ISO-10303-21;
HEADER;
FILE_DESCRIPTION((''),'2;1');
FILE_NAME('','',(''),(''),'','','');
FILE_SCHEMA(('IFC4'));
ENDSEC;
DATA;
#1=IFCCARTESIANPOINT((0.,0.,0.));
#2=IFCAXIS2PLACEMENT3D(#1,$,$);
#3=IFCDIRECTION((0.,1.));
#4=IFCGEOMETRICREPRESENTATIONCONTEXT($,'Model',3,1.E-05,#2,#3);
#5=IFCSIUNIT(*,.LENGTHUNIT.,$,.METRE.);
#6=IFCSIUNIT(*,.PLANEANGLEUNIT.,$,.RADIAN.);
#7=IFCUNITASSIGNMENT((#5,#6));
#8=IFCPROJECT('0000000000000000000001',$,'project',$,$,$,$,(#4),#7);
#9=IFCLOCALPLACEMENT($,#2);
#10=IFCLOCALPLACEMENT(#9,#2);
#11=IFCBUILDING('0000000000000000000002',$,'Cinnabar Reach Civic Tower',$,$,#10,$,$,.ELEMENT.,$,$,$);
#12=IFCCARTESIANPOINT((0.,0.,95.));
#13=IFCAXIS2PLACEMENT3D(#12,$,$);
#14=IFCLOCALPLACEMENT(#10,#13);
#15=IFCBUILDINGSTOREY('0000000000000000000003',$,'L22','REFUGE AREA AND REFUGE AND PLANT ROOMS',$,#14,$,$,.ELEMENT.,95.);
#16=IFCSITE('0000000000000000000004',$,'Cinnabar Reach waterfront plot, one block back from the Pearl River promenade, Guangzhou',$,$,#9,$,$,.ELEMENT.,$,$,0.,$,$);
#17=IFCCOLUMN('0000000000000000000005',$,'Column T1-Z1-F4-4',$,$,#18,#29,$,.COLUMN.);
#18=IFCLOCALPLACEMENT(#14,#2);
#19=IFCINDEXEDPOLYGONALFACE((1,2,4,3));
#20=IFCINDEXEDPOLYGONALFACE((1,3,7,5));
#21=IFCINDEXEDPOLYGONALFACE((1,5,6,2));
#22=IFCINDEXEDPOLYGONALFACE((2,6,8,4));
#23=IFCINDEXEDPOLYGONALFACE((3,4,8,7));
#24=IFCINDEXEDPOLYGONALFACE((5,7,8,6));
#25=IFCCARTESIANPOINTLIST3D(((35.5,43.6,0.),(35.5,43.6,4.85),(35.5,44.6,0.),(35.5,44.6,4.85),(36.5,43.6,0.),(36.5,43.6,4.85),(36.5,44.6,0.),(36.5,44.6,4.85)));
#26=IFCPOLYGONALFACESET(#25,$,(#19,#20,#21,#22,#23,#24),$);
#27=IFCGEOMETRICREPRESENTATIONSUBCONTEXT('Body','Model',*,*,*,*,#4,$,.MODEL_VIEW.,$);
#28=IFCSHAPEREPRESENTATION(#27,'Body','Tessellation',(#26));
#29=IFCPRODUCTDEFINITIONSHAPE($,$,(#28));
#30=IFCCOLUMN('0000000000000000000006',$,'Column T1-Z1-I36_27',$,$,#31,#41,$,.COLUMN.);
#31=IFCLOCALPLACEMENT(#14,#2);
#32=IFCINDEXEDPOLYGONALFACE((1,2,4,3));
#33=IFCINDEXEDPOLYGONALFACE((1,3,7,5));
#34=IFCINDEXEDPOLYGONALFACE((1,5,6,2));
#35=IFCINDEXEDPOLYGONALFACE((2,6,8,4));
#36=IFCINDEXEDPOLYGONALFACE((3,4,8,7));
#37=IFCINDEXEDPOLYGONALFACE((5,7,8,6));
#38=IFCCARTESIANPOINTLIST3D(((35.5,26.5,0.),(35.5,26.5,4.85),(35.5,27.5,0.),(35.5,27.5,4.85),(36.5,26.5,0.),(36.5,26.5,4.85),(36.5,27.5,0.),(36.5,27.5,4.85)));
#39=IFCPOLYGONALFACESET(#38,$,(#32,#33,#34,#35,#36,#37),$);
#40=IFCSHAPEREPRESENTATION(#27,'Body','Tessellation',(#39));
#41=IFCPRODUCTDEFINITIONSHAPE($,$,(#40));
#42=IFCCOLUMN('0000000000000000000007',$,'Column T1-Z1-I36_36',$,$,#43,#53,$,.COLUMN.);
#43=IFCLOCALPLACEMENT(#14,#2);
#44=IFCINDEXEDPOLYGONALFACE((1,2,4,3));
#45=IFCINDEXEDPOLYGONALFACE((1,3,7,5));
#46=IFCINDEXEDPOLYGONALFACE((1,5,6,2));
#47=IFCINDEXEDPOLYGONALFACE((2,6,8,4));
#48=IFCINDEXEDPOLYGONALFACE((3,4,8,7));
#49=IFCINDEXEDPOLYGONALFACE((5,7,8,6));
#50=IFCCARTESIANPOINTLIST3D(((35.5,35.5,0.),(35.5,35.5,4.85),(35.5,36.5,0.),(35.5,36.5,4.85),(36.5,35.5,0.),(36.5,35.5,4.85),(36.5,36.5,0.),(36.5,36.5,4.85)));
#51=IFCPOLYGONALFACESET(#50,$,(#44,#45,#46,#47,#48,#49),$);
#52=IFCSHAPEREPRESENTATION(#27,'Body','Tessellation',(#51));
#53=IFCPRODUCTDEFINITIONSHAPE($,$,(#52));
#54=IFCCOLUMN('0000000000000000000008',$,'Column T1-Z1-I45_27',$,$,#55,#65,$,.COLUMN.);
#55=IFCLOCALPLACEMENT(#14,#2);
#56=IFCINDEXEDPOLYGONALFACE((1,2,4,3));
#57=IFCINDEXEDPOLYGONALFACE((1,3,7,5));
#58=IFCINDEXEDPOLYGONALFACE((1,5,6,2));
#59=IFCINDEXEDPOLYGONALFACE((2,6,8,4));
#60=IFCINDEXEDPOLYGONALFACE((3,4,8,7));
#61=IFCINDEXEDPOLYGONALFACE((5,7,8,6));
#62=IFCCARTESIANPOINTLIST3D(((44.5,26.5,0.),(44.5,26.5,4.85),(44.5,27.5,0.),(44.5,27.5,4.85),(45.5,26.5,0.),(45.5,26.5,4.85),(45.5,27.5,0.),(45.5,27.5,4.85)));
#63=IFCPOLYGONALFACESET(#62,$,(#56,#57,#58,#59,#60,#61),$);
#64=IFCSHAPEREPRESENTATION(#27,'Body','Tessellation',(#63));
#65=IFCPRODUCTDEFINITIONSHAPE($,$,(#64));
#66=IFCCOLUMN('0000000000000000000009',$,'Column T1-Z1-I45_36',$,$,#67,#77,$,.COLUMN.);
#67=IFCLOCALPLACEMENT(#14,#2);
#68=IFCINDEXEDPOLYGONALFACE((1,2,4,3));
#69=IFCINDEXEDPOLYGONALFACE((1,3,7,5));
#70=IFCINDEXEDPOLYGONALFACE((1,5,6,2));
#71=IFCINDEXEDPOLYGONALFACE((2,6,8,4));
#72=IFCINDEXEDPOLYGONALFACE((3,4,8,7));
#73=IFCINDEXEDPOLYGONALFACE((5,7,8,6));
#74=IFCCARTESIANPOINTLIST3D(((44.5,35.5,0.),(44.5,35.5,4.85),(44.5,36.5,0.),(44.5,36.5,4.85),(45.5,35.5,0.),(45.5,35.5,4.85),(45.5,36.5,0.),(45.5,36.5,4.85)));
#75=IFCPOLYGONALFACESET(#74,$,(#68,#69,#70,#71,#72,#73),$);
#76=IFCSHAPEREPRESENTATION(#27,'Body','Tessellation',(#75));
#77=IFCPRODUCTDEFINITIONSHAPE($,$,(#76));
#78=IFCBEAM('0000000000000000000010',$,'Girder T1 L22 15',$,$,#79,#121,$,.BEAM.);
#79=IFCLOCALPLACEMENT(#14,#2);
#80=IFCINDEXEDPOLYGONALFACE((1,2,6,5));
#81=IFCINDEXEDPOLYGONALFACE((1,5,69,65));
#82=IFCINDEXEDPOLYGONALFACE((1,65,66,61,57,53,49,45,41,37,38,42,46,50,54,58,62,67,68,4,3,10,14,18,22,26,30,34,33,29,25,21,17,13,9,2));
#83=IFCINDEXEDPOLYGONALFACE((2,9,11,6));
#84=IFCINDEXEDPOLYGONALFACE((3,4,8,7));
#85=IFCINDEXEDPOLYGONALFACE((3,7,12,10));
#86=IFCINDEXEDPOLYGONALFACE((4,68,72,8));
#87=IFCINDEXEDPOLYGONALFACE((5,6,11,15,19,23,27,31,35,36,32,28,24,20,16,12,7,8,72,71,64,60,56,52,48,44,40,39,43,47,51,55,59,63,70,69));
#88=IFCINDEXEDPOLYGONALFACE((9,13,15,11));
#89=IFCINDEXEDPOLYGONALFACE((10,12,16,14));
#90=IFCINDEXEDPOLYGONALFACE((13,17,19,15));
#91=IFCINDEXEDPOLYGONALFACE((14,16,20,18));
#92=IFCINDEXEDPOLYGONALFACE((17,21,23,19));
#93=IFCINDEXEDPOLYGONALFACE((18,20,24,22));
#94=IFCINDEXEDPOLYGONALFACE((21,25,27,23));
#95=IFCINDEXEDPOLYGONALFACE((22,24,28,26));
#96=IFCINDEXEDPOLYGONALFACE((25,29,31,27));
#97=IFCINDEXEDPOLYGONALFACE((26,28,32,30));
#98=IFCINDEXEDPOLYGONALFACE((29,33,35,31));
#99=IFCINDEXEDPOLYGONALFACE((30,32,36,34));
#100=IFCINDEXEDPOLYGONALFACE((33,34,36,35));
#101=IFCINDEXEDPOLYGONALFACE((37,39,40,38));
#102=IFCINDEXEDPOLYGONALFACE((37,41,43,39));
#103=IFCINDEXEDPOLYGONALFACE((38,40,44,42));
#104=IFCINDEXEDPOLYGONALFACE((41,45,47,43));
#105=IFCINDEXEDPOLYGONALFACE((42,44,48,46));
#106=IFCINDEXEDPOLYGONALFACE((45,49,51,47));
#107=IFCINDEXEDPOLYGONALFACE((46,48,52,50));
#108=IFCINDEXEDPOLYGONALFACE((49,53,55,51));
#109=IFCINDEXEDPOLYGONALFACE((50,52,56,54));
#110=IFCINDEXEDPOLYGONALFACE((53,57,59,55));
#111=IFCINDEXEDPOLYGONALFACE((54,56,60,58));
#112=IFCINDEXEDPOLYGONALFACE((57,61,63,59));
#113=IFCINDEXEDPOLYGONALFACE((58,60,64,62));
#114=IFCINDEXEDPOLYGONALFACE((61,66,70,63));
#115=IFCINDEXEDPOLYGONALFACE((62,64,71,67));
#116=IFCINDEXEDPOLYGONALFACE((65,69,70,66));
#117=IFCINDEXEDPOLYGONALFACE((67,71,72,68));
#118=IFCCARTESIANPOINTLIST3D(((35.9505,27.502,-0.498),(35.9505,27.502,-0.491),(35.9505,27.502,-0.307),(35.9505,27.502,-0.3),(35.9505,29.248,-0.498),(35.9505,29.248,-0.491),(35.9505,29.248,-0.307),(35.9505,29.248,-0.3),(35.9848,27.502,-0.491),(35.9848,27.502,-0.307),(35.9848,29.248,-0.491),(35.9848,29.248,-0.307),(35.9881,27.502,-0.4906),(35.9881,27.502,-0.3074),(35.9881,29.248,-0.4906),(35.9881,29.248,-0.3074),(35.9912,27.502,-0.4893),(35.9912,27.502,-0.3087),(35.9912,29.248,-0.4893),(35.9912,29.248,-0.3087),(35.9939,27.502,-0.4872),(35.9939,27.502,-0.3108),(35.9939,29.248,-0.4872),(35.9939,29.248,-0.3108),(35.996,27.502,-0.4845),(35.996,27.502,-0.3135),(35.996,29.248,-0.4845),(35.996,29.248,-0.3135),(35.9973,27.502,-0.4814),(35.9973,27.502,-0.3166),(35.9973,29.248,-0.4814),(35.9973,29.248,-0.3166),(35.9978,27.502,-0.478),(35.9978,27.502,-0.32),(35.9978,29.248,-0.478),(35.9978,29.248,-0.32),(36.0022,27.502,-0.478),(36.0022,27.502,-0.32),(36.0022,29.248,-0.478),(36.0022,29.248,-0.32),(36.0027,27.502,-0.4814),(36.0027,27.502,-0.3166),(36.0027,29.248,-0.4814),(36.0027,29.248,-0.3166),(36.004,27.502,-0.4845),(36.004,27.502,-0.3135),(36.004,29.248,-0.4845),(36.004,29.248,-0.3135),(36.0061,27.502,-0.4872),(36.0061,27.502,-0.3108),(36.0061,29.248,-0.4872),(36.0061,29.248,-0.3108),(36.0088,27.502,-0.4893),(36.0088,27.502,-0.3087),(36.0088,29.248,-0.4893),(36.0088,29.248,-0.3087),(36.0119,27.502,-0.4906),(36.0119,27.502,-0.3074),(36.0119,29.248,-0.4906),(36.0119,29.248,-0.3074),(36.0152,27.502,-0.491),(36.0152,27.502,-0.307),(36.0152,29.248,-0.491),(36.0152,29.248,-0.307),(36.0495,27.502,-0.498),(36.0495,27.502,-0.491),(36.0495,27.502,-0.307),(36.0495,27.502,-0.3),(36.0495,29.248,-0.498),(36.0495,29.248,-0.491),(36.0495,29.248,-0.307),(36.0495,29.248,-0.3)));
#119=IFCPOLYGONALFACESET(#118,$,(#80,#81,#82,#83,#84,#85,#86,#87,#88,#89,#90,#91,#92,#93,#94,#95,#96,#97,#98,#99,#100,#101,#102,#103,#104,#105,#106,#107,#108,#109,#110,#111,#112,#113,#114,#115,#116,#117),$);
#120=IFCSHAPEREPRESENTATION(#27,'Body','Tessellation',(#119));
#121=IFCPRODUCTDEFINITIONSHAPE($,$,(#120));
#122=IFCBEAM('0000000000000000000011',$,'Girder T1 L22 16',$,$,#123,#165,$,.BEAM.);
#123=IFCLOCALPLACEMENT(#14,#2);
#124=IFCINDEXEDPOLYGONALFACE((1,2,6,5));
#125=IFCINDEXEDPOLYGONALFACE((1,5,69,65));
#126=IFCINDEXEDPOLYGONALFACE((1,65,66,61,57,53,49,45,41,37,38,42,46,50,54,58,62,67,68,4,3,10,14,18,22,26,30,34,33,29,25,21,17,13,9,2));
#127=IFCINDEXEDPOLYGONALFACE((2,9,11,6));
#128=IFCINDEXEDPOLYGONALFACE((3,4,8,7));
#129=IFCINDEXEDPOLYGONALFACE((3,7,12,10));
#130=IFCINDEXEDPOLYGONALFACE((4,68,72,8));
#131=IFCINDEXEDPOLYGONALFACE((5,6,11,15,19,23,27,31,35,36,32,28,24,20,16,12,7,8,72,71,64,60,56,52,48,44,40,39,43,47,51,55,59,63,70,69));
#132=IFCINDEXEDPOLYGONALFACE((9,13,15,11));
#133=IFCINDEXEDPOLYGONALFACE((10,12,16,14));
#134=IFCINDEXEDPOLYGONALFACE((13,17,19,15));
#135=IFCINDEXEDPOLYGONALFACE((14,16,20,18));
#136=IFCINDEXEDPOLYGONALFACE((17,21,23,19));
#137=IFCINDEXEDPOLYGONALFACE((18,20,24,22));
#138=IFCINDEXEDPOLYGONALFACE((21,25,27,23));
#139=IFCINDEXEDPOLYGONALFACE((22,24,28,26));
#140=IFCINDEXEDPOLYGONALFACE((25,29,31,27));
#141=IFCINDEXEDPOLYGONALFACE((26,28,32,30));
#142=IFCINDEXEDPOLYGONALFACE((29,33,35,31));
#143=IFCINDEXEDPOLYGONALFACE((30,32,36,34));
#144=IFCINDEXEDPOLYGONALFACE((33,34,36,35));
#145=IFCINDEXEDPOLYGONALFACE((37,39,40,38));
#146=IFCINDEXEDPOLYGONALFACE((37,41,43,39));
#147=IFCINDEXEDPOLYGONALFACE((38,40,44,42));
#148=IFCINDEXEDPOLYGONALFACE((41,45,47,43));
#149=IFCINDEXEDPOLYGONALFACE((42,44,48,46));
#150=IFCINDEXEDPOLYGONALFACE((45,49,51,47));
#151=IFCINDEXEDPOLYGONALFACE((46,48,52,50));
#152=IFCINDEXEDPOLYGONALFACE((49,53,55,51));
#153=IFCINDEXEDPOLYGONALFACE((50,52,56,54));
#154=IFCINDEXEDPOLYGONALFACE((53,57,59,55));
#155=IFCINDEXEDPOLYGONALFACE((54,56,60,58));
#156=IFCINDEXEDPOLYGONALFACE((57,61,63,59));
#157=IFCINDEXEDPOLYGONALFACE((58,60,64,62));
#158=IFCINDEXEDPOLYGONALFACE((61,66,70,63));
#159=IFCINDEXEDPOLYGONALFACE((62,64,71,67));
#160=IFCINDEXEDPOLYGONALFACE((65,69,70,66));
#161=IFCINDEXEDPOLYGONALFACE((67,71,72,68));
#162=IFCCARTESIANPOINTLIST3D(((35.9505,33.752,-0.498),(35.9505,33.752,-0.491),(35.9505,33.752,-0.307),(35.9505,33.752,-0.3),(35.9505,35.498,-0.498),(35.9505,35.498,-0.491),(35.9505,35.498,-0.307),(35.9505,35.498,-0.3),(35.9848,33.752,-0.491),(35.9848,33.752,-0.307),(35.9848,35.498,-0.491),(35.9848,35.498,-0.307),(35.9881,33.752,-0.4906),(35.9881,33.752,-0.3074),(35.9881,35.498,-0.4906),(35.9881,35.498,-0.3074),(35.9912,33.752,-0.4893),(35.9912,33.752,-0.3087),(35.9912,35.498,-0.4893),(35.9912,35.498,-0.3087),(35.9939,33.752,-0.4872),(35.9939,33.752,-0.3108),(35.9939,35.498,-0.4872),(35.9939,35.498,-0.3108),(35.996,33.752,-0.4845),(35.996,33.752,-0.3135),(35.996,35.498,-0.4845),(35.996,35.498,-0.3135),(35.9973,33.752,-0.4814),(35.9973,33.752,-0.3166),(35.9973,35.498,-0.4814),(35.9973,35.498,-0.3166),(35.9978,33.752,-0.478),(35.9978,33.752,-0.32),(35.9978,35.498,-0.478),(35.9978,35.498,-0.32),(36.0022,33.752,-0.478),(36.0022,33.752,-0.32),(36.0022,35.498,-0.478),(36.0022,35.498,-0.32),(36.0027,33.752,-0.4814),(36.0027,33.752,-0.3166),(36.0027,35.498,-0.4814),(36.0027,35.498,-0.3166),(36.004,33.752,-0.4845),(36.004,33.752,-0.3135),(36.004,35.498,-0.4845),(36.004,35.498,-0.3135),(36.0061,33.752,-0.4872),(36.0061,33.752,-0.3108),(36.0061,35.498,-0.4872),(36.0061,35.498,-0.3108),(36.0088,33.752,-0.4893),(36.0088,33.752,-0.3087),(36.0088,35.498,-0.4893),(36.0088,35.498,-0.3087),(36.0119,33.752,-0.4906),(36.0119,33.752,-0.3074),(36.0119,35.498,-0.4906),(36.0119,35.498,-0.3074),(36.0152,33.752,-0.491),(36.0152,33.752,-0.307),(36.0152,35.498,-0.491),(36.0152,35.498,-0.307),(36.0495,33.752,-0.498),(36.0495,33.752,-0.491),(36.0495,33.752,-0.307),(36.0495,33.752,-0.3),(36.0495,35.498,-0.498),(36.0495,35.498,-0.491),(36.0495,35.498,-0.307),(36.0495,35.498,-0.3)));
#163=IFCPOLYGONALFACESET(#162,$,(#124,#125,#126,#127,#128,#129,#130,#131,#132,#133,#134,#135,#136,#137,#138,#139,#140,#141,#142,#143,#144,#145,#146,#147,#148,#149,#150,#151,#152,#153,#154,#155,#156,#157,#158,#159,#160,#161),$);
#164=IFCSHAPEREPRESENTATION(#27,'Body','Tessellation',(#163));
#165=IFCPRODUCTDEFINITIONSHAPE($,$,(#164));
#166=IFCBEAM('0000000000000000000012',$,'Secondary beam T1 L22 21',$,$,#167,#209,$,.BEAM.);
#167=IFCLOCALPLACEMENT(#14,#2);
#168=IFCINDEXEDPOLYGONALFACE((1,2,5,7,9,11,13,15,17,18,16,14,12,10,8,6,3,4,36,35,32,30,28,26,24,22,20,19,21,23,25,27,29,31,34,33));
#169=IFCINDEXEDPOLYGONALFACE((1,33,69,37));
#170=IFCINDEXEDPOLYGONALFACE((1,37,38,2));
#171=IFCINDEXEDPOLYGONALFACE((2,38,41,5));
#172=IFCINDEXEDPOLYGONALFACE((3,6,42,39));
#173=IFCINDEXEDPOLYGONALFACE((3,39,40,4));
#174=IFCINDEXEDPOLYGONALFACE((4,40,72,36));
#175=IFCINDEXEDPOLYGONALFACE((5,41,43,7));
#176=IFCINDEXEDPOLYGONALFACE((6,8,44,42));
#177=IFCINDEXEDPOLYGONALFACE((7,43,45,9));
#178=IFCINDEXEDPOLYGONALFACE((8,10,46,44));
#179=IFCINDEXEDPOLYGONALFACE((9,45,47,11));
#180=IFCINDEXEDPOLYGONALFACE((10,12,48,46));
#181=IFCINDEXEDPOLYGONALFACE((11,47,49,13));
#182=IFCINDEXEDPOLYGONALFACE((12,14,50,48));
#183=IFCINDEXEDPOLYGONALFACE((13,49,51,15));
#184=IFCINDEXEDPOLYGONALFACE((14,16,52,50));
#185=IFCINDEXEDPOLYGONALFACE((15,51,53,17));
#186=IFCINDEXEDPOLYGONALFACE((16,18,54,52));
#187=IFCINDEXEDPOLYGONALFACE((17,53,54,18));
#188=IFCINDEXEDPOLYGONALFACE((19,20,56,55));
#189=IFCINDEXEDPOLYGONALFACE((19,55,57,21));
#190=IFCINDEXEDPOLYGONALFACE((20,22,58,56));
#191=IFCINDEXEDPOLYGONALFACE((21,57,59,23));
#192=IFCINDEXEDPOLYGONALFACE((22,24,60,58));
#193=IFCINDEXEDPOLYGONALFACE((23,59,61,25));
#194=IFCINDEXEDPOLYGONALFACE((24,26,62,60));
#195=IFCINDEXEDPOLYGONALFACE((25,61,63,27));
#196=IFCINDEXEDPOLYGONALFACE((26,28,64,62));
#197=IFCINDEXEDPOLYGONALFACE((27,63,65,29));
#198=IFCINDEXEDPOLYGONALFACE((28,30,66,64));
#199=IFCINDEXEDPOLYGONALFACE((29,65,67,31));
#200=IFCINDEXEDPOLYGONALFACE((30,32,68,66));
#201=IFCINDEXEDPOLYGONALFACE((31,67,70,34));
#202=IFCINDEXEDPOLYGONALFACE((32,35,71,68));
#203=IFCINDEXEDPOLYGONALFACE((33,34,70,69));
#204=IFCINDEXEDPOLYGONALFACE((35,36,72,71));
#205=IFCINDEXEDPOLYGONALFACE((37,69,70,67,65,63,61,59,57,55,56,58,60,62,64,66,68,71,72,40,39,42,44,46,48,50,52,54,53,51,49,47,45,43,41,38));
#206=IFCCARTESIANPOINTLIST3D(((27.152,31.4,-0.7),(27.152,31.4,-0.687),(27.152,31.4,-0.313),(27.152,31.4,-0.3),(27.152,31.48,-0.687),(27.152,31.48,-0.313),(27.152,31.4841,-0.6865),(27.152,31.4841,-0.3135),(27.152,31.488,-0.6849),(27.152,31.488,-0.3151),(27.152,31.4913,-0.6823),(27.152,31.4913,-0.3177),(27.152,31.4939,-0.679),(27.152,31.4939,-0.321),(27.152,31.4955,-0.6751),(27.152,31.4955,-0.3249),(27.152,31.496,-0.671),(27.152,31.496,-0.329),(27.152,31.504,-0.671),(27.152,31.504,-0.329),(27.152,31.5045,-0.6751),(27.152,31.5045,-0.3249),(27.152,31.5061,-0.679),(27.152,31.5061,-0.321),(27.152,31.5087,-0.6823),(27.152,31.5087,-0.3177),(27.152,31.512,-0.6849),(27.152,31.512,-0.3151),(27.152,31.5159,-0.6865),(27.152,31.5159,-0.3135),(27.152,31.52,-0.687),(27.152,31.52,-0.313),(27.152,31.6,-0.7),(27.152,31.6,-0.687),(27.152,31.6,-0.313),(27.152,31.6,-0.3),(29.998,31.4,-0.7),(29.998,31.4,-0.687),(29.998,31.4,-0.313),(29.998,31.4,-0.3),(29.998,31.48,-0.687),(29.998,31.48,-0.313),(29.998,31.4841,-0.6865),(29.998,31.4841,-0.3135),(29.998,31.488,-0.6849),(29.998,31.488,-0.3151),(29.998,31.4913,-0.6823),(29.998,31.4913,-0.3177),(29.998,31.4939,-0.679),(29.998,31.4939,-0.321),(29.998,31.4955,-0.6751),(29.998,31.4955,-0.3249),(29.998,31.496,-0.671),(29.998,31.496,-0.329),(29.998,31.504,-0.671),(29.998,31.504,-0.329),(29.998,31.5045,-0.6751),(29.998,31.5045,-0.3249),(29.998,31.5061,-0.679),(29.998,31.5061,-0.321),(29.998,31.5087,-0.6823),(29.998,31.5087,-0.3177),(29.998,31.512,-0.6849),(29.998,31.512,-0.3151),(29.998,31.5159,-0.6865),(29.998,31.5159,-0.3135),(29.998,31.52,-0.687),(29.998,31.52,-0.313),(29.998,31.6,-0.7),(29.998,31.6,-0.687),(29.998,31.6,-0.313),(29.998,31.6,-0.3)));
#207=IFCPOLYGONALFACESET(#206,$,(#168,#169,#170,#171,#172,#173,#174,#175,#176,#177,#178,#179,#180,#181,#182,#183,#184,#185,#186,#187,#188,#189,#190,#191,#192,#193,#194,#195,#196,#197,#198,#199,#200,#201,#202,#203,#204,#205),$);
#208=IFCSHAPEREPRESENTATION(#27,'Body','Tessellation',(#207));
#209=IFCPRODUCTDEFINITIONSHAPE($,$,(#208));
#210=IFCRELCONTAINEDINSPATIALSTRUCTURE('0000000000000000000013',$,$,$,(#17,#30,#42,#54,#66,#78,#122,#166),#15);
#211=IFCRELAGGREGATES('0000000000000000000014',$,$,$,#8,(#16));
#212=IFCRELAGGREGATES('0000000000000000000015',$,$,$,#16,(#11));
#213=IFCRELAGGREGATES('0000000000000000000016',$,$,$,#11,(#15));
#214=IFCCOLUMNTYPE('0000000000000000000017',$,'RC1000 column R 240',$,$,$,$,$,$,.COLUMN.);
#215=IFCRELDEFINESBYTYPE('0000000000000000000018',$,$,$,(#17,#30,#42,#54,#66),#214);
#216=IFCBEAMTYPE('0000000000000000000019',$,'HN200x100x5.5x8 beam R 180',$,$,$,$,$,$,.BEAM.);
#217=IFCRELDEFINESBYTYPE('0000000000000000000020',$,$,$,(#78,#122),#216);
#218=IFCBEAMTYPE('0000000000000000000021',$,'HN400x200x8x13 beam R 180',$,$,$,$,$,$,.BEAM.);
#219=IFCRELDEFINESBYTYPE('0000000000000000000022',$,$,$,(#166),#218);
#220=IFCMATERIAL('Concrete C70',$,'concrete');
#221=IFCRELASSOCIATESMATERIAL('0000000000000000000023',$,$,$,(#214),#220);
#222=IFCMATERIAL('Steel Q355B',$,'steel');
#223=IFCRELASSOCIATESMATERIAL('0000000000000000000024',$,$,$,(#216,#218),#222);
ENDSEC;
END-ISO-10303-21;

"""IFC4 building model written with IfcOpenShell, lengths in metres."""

from ifc_helpers import new_model, si_unit, direction, frame, origin, origin_2d, place, context, subcontext, project, spatial, rectangle, i_section, extrude, material, material_profile, profile_set, type_object, element, save


model = new_model("IFC4")

# Units and contexts
model_context = context("Model", 3, precision=1e-05, world=origin(), true_north=direction((0.0, 1.0)))
body_context = subcontext(model_context, "Body", "Model", "MODEL_VIEW")
ifc_project = project(units=[si_unit("LENGTHUNIT", "METRE"), si_unit("PLANEANGLEUNIT", "RADIAN")], contexts=[model_context])

# Site, building, storey
site_placement = place(None, origin())
site = spatial("IfcSite", under=ifc_project, at=site_placement, Name="Cinnabar Reach waterfront plot, one block back from the Pearl River promenade, Guangzhou", CompositionType="ELEMENT", RefElevation=0.0)
building_placement = place(site_placement, origin())
building = spatial("IfcBuilding", under=site, at=building_placement, Name="Cinnabar Reach Civic Tower", CompositionType="ELEMENT")
storey_placement = place(building_placement, frame((0.0, 0.0, 95.0)))
storey = spatial("IfcBuildingStorey", under=building, at=storey_placement, Name="L22", Description="REFUGE AREA AND REFUGE AND PLANT ROOMS", CompositionType="ELEMENT", Elevation=95.0)

# Columns
ifc_material_1 = material(Name="Concrete C70", Category="concrete")
ifc_material_profile_1 = material_profile(ifc_material_1, rectangle(XDim=1.0, YDim=1.0, at=origin_2d()), Name="RC1000")
ifc_profile_set_1 = profile_set([ifc_material_profile_1], Name="Concrete C70")
column_type = type_object("IfcColumnType", Name="RC1000 column R 240", PredefinedType="COLUMN", material=ifc_profile_set_1)
for number, where, z_axis, x_axis, name in (
    (1, (36.0, 44.1, 0.0), (0.0, 0.0, 1.0), (1.0, 0.0, 0.0), "Column T1-Z1-F4-4"),
    (2, (36.0, 27.0, 0.0), (0.0, 0.0, 1.0), (1.0, 0.0, 0.0), "Column T1-Z1-I36_27"),
    (3, (36.0, 36.0, 0.0), (0.0, 0.0, 1.0), (1.0, 0.0, 0.0), "Column T1-Z1-I36_36"),
    (4, (45.0, 27.0, 0.0), (0.0, 0.0, 1.0), (1.0, 0.0, 0.0), "Column T1-Z1-I45_27"),
    (5, (45.0, 36.0, 0.0), (0.0, 0.0, 1.0), (1.0, 0.0, 0.0), "Column T1-Z1-I45_36"),
):
    element("IfcColumn", number, at=place(storey_placement, frame(where, z_axis=z_axis, x_axis=x_axis)), inside=storey, type_object=column_type, Name=name, PredefinedType="COLUMN", context=body_context, shape_type="SweptSolid", body=[
        extrude(rectangle(XDim=1.0, YDim=1.0, at=origin_2d()), origin(), (0.0, 0.0, 1.0), 4.85),
    ])

# Beams
ifc_material_2 = material(Name="Steel Q355B", Category="steel")
ifc_material_profile_2 = material_profile(ifc_material_2, i_section(OverallWidth=0.099, OverallDepth=0.198, WebThickness=0.0045, FlangeThickness=0.007, FilletRadius=0.013, at=origin_2d()), Name="HN200x100x5.5x8")
ifc_profile_set_2 = profile_set([ifc_material_profile_2], Name="Steel Q355B")
beam_type_1 = type_object("IfcBeamType", Name="HN200x100x5.5x8 beam R 180", PredefinedType="BEAM", material=ifc_profile_set_2)
for number, where, z_axis, x_axis, name in (
    (6, (36.0, 27.502, -0.399), (0.0, 1.0, 0.0), (-1.0, 0.0, 0.0), "Girder T1 L22 15"),
    (7, (36.0, 33.752, -0.399), (0.0, 1.0, 0.0), (-1.0, 0.0, 0.0), "Girder T1 L22 16"),
):
    element("IfcBeam", number, at=place(storey_placement, frame(where, z_axis=z_axis, x_axis=x_axis)), inside=storey, type_object=beam_type_1, Name=name, PredefinedType="BEAM", context=body_context, shape_type="SweptSolid", body=[
        extrude(i_section(OverallWidth=0.099, OverallDepth=0.198, WebThickness=0.0045, FlangeThickness=0.007, FilletRadius=0.013, at=origin_2d()), origin(), (0.0, 0.0, 1.0), 1.746),
    ])
ifc_material_profile_3 = material_profile(ifc_material_2, i_section(OverallWidth=0.2, OverallDepth=0.4, WebThickness=0.008, FlangeThickness=0.013, FilletRadius=0.016, at=origin_2d()), Name="HN400x200x8x13")
ifc_profile_set_3 = profile_set([ifc_material_profile_3], Name="Steel Q355B")
beam_type_2 = type_object("IfcBeamType", Name="HN400x200x8x13 beam R 180", PredefinedType="BEAM", material=ifc_profile_set_3)
beam_1_placement = place(storey_placement, frame((27.152, 31.5, -0.5), z_axis=(1.0, 0.0, 0.0), x_axis=(0.0, 1.0, 0.0)))
element("IfcBeam", 8, at=beam_1_placement, inside=storey, type_object=beam_type_2, Name="Secondary beam T1 L22 21", PredefinedType="BEAM", context=body_context, shape_type="SweptSolid", body=[
    extrude(i_section(OverallWidth=0.2, OverallDepth=0.4, WebThickness=0.008, FlangeThickness=0.013, FilletRadius=0.016, at=origin_2d()), origin(), (0.0, 0.0, 1.0), 2.846),
])

save(model, "model.ifc")
